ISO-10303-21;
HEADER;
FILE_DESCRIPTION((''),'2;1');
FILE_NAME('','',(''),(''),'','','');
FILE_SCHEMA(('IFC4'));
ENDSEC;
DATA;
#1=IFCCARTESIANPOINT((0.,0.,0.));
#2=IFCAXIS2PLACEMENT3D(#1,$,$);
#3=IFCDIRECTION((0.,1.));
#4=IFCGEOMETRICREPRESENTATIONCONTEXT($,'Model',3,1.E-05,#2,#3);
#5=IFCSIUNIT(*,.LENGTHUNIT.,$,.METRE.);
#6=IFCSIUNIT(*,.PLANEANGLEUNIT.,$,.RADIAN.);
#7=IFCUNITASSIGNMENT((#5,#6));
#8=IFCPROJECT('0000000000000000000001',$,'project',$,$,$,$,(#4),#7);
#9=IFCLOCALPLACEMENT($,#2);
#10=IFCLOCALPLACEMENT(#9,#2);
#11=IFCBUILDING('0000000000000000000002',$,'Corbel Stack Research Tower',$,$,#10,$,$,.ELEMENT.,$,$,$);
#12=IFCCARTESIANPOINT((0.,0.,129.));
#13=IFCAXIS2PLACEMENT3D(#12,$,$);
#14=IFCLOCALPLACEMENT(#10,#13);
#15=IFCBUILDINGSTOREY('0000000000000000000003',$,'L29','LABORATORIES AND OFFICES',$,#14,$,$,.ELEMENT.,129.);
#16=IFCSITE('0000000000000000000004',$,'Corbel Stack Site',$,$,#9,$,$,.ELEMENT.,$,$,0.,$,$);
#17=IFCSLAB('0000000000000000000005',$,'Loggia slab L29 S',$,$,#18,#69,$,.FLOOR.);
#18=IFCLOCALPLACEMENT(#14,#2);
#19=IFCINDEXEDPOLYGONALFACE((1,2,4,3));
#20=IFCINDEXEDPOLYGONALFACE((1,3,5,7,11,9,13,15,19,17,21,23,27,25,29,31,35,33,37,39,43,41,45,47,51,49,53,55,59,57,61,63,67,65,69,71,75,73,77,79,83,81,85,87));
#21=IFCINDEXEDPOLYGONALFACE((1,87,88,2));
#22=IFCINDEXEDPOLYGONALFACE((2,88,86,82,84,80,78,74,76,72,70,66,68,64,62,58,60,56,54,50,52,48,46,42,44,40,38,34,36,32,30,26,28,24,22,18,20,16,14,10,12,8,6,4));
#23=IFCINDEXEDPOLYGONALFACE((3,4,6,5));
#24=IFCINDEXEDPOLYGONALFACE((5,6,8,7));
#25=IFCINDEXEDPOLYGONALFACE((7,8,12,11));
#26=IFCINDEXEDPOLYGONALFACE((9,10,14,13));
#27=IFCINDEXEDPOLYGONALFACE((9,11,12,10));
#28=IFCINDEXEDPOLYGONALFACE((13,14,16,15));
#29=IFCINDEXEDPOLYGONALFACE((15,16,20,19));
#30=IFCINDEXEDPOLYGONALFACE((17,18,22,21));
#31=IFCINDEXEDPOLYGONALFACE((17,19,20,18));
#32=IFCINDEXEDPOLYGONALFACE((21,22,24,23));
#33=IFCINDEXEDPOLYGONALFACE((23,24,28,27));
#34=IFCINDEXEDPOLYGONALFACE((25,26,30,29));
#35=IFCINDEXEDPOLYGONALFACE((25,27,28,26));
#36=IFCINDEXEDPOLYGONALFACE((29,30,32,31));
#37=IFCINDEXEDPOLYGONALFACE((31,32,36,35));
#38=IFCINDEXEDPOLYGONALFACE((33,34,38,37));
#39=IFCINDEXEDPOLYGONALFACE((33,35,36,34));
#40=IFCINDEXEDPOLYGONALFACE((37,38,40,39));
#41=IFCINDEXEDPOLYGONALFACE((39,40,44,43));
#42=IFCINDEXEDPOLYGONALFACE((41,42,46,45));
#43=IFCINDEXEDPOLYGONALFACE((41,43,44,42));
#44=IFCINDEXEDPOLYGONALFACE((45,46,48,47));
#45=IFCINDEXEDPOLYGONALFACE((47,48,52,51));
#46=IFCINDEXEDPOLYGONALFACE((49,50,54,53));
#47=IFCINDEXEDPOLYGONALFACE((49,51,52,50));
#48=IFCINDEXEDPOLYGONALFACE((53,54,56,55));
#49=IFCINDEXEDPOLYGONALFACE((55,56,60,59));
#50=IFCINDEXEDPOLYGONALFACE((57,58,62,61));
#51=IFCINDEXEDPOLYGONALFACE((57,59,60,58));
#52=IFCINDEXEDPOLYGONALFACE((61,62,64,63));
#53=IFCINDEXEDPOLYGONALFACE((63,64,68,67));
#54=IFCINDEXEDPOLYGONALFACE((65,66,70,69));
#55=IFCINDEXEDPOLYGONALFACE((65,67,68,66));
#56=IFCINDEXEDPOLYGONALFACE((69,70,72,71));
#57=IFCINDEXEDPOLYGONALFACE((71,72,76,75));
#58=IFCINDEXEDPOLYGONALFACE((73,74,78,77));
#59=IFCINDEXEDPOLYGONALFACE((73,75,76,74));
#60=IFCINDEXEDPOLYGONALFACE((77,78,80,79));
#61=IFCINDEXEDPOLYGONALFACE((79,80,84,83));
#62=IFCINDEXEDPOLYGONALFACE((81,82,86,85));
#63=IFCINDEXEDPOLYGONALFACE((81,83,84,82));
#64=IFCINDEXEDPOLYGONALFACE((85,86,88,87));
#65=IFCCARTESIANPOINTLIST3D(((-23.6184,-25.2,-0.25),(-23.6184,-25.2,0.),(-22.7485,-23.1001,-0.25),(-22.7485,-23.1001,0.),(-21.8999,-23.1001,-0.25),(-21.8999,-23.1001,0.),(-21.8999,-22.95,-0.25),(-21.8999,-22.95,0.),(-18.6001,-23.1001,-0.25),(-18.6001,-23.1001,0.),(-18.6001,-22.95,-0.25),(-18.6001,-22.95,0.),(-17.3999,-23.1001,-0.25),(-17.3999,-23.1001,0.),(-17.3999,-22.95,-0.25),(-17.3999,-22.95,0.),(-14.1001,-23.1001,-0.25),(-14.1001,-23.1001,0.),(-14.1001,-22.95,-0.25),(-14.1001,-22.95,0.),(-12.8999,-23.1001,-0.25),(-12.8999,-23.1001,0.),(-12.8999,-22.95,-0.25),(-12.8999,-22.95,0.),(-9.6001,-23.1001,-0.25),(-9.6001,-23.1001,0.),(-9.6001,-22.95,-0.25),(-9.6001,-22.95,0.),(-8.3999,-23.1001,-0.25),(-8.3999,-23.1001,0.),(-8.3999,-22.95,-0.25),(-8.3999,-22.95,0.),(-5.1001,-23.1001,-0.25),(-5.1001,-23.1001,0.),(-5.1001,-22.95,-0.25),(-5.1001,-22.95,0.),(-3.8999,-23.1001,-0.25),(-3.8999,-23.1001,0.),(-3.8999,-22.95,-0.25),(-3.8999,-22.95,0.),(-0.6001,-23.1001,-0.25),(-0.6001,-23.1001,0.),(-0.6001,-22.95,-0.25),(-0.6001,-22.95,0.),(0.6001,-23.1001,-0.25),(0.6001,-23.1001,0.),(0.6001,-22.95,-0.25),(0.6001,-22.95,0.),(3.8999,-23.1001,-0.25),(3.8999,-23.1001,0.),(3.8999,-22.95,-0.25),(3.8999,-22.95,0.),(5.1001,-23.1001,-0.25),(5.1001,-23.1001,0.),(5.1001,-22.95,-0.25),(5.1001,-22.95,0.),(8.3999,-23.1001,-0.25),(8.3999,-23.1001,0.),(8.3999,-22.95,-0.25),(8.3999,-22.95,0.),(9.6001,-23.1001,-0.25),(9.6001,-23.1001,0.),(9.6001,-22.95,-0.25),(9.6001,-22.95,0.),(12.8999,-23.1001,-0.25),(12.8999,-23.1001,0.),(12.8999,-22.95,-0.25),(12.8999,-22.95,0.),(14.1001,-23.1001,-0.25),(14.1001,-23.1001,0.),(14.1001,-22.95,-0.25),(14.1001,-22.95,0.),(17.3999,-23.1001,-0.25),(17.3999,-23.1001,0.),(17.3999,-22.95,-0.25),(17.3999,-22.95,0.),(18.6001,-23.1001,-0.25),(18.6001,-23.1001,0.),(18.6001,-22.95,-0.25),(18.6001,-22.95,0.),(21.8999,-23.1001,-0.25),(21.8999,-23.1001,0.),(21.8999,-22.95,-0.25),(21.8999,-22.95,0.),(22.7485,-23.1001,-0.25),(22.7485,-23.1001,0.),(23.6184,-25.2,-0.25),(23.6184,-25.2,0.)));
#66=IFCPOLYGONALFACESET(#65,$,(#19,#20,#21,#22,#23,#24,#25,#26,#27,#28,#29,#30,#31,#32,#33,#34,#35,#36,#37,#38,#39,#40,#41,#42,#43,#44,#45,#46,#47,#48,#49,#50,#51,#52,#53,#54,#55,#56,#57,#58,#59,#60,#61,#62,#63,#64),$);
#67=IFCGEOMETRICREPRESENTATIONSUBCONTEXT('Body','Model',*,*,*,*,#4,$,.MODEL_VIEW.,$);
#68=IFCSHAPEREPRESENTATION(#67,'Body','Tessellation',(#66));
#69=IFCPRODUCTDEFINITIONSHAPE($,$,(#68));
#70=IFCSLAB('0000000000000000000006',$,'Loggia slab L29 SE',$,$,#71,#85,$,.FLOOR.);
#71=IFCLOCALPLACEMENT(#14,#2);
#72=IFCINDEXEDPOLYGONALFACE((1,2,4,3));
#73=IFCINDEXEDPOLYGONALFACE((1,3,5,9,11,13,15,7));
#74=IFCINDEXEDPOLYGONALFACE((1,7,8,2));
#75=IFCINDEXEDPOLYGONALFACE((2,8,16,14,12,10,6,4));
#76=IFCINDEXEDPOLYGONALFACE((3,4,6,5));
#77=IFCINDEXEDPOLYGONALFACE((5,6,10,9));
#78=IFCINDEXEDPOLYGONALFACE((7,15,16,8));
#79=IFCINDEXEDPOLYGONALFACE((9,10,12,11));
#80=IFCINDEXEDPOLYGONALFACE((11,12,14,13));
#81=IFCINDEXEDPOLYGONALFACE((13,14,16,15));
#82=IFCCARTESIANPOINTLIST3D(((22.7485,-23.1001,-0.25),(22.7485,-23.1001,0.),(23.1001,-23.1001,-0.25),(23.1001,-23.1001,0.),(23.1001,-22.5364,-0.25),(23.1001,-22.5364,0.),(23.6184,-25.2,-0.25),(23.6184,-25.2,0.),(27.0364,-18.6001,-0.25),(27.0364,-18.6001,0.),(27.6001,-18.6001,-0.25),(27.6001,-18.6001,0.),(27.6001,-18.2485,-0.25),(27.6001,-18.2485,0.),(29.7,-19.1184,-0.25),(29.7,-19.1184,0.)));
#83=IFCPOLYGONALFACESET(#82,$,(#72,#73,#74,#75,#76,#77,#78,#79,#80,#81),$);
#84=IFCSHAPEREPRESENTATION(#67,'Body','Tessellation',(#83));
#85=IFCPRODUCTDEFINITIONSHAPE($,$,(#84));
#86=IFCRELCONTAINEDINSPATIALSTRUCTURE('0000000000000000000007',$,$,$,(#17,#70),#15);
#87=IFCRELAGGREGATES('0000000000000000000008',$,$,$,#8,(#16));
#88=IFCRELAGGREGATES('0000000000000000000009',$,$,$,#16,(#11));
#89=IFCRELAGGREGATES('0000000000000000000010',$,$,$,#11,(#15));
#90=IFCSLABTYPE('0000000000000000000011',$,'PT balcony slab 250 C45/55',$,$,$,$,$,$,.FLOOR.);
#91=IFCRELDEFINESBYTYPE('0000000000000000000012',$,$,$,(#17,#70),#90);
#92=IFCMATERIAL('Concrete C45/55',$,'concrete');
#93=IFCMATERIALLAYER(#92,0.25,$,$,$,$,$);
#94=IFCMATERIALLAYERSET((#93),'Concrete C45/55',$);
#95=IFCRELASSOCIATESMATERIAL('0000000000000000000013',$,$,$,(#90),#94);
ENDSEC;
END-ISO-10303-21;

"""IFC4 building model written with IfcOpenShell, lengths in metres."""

from ifc_helpers import new_model, si_unit, direction, frame, origin, place, context, subcontext, project, spatial, polyline, outline, extrude, material, layer, layer_set, type_object, element, save


model = new_model("IFC4")

# Units and contexts
model_context = context("Model", 3, precision=1e-05, world=origin(), true_north=direction((0.0, 1.0)))
body_context = subcontext(model_context, "Body", "Model", "MODEL_VIEW")
ifc_project = project(units=[si_unit("LENGTHUNIT", "METRE"), si_unit("PLANEANGLEUNIT", "RADIAN")], contexts=[model_context])

# Site, building, storey
site_placement = place(None, origin())
site = spatial("IfcSite", under=ifc_project, at=site_placement, Name="Corbel Stack Site", CompositionType="ELEMENT", RefElevation=0.0)
building_placement = place(site_placement, origin())
building = spatial("IfcBuilding", under=site, at=building_placement, Name="Corbel Stack Research Tower", CompositionType="ELEMENT")
storey_placement = place(building_placement, frame((0.0, 0.0, 129.0)))
storey = spatial("IfcBuildingStorey", under=building, at=storey_placement, Name="L29", Description="LABORATORIES AND OFFICES", CompositionType="ELEMENT", Elevation=129.0)

# Slabs
ifc_material_1 = material(Name="Concrete C45/55", Category="concrete")
ifc_layer_1 = layer(ifc_material_1, 0.25)
ifc_layer_set_1 = layer_set([ifc_layer_1], Name="Concrete C45/55")
slab_type_1 = type_object("IfcSlabType", Name="PT balcony slab 250 C45/55", PredefinedType="FLOOR", material=ifc_layer_set_1)
slab_1_placement = place(storey_placement, frame((0.0, 0.0, -0.25)))
element("IfcSlab", 1, at=slab_1_placement, inside=storey, type_object=slab_type_1, Name="Loggia slab L29 S", PredefinedType="FLOOR", context=body_context, shape_type="SweptSolid", body=[
    extrude(outline(polyline([(22.7485, -23.1001), (21.8999, -23.1001), (21.8999, -22.95), (18.6001, -22.95), (18.6001, -23.1001), (17.3999, -23.1001), (17.3999, -22.95), (14.1001, -22.95), (14.1001, -23.1001), (12.8999, -23.1001), (12.8999, -22.95), (9.6001, -22.95), (9.6001, -23.1001), (8.3999, -23.1001), (8.3999, -22.95), (5.1001, -22.95), (5.1001, -23.1001), (3.8999, -23.1001), (3.8999, -22.95), (0.6001, -22.95), (0.6001, -23.1001), (-0.6001, -23.1001), (-0.6001, -22.95), (-3.8999, -22.95), (-3.8999, -23.1001), (-5.1001, -23.1001), (-5.1001, -22.95), (-8.3999, -22.95), (-8.3999, -23.1001), (-9.6001, -23.1001), (-9.6001, -22.95), (-12.8999, -22.95), (-12.8999, -23.1001), (-14.1001, -23.1001), (-14.1001, -22.95), (-17.3999, -22.95), (-17.3999, -23.1001), (-18.6001, -23.1001), (-18.6001, -22.95), (-21.8999, -22.95), (-21.8999, -23.1001), (-22.7485, -23.1001), (-23.6184, -25.2), (23.6184, -25.2), (22.7485, -23.1001)])), origin(), (0.0, 0.0, 1.0), 0.25),
])
slab_2_placement = place(storey_placement, frame((0.0, 0.0, -0.25)))
element("IfcSlab", 2, at=slab_2_placement, inside=storey, type_object=slab_type_1, Name="Loggia slab L29 SE", PredefinedType="FLOOR", context=body_context, shape_type="SweptSolid", body=[
    extrude(outline(polyline([(27.6001, -18.2485), (27.6001, -18.6001), (27.0364, -18.6001), (23.1001, -22.5364), (23.1001, -23.1001), (22.7485, -23.1001), (23.6184, -25.2), (29.7, -19.1184), (27.6001, -18.2485)])), origin(), (0.0, 0.0, 1.0), 0.25),
])

save(model, "model.ifc")
